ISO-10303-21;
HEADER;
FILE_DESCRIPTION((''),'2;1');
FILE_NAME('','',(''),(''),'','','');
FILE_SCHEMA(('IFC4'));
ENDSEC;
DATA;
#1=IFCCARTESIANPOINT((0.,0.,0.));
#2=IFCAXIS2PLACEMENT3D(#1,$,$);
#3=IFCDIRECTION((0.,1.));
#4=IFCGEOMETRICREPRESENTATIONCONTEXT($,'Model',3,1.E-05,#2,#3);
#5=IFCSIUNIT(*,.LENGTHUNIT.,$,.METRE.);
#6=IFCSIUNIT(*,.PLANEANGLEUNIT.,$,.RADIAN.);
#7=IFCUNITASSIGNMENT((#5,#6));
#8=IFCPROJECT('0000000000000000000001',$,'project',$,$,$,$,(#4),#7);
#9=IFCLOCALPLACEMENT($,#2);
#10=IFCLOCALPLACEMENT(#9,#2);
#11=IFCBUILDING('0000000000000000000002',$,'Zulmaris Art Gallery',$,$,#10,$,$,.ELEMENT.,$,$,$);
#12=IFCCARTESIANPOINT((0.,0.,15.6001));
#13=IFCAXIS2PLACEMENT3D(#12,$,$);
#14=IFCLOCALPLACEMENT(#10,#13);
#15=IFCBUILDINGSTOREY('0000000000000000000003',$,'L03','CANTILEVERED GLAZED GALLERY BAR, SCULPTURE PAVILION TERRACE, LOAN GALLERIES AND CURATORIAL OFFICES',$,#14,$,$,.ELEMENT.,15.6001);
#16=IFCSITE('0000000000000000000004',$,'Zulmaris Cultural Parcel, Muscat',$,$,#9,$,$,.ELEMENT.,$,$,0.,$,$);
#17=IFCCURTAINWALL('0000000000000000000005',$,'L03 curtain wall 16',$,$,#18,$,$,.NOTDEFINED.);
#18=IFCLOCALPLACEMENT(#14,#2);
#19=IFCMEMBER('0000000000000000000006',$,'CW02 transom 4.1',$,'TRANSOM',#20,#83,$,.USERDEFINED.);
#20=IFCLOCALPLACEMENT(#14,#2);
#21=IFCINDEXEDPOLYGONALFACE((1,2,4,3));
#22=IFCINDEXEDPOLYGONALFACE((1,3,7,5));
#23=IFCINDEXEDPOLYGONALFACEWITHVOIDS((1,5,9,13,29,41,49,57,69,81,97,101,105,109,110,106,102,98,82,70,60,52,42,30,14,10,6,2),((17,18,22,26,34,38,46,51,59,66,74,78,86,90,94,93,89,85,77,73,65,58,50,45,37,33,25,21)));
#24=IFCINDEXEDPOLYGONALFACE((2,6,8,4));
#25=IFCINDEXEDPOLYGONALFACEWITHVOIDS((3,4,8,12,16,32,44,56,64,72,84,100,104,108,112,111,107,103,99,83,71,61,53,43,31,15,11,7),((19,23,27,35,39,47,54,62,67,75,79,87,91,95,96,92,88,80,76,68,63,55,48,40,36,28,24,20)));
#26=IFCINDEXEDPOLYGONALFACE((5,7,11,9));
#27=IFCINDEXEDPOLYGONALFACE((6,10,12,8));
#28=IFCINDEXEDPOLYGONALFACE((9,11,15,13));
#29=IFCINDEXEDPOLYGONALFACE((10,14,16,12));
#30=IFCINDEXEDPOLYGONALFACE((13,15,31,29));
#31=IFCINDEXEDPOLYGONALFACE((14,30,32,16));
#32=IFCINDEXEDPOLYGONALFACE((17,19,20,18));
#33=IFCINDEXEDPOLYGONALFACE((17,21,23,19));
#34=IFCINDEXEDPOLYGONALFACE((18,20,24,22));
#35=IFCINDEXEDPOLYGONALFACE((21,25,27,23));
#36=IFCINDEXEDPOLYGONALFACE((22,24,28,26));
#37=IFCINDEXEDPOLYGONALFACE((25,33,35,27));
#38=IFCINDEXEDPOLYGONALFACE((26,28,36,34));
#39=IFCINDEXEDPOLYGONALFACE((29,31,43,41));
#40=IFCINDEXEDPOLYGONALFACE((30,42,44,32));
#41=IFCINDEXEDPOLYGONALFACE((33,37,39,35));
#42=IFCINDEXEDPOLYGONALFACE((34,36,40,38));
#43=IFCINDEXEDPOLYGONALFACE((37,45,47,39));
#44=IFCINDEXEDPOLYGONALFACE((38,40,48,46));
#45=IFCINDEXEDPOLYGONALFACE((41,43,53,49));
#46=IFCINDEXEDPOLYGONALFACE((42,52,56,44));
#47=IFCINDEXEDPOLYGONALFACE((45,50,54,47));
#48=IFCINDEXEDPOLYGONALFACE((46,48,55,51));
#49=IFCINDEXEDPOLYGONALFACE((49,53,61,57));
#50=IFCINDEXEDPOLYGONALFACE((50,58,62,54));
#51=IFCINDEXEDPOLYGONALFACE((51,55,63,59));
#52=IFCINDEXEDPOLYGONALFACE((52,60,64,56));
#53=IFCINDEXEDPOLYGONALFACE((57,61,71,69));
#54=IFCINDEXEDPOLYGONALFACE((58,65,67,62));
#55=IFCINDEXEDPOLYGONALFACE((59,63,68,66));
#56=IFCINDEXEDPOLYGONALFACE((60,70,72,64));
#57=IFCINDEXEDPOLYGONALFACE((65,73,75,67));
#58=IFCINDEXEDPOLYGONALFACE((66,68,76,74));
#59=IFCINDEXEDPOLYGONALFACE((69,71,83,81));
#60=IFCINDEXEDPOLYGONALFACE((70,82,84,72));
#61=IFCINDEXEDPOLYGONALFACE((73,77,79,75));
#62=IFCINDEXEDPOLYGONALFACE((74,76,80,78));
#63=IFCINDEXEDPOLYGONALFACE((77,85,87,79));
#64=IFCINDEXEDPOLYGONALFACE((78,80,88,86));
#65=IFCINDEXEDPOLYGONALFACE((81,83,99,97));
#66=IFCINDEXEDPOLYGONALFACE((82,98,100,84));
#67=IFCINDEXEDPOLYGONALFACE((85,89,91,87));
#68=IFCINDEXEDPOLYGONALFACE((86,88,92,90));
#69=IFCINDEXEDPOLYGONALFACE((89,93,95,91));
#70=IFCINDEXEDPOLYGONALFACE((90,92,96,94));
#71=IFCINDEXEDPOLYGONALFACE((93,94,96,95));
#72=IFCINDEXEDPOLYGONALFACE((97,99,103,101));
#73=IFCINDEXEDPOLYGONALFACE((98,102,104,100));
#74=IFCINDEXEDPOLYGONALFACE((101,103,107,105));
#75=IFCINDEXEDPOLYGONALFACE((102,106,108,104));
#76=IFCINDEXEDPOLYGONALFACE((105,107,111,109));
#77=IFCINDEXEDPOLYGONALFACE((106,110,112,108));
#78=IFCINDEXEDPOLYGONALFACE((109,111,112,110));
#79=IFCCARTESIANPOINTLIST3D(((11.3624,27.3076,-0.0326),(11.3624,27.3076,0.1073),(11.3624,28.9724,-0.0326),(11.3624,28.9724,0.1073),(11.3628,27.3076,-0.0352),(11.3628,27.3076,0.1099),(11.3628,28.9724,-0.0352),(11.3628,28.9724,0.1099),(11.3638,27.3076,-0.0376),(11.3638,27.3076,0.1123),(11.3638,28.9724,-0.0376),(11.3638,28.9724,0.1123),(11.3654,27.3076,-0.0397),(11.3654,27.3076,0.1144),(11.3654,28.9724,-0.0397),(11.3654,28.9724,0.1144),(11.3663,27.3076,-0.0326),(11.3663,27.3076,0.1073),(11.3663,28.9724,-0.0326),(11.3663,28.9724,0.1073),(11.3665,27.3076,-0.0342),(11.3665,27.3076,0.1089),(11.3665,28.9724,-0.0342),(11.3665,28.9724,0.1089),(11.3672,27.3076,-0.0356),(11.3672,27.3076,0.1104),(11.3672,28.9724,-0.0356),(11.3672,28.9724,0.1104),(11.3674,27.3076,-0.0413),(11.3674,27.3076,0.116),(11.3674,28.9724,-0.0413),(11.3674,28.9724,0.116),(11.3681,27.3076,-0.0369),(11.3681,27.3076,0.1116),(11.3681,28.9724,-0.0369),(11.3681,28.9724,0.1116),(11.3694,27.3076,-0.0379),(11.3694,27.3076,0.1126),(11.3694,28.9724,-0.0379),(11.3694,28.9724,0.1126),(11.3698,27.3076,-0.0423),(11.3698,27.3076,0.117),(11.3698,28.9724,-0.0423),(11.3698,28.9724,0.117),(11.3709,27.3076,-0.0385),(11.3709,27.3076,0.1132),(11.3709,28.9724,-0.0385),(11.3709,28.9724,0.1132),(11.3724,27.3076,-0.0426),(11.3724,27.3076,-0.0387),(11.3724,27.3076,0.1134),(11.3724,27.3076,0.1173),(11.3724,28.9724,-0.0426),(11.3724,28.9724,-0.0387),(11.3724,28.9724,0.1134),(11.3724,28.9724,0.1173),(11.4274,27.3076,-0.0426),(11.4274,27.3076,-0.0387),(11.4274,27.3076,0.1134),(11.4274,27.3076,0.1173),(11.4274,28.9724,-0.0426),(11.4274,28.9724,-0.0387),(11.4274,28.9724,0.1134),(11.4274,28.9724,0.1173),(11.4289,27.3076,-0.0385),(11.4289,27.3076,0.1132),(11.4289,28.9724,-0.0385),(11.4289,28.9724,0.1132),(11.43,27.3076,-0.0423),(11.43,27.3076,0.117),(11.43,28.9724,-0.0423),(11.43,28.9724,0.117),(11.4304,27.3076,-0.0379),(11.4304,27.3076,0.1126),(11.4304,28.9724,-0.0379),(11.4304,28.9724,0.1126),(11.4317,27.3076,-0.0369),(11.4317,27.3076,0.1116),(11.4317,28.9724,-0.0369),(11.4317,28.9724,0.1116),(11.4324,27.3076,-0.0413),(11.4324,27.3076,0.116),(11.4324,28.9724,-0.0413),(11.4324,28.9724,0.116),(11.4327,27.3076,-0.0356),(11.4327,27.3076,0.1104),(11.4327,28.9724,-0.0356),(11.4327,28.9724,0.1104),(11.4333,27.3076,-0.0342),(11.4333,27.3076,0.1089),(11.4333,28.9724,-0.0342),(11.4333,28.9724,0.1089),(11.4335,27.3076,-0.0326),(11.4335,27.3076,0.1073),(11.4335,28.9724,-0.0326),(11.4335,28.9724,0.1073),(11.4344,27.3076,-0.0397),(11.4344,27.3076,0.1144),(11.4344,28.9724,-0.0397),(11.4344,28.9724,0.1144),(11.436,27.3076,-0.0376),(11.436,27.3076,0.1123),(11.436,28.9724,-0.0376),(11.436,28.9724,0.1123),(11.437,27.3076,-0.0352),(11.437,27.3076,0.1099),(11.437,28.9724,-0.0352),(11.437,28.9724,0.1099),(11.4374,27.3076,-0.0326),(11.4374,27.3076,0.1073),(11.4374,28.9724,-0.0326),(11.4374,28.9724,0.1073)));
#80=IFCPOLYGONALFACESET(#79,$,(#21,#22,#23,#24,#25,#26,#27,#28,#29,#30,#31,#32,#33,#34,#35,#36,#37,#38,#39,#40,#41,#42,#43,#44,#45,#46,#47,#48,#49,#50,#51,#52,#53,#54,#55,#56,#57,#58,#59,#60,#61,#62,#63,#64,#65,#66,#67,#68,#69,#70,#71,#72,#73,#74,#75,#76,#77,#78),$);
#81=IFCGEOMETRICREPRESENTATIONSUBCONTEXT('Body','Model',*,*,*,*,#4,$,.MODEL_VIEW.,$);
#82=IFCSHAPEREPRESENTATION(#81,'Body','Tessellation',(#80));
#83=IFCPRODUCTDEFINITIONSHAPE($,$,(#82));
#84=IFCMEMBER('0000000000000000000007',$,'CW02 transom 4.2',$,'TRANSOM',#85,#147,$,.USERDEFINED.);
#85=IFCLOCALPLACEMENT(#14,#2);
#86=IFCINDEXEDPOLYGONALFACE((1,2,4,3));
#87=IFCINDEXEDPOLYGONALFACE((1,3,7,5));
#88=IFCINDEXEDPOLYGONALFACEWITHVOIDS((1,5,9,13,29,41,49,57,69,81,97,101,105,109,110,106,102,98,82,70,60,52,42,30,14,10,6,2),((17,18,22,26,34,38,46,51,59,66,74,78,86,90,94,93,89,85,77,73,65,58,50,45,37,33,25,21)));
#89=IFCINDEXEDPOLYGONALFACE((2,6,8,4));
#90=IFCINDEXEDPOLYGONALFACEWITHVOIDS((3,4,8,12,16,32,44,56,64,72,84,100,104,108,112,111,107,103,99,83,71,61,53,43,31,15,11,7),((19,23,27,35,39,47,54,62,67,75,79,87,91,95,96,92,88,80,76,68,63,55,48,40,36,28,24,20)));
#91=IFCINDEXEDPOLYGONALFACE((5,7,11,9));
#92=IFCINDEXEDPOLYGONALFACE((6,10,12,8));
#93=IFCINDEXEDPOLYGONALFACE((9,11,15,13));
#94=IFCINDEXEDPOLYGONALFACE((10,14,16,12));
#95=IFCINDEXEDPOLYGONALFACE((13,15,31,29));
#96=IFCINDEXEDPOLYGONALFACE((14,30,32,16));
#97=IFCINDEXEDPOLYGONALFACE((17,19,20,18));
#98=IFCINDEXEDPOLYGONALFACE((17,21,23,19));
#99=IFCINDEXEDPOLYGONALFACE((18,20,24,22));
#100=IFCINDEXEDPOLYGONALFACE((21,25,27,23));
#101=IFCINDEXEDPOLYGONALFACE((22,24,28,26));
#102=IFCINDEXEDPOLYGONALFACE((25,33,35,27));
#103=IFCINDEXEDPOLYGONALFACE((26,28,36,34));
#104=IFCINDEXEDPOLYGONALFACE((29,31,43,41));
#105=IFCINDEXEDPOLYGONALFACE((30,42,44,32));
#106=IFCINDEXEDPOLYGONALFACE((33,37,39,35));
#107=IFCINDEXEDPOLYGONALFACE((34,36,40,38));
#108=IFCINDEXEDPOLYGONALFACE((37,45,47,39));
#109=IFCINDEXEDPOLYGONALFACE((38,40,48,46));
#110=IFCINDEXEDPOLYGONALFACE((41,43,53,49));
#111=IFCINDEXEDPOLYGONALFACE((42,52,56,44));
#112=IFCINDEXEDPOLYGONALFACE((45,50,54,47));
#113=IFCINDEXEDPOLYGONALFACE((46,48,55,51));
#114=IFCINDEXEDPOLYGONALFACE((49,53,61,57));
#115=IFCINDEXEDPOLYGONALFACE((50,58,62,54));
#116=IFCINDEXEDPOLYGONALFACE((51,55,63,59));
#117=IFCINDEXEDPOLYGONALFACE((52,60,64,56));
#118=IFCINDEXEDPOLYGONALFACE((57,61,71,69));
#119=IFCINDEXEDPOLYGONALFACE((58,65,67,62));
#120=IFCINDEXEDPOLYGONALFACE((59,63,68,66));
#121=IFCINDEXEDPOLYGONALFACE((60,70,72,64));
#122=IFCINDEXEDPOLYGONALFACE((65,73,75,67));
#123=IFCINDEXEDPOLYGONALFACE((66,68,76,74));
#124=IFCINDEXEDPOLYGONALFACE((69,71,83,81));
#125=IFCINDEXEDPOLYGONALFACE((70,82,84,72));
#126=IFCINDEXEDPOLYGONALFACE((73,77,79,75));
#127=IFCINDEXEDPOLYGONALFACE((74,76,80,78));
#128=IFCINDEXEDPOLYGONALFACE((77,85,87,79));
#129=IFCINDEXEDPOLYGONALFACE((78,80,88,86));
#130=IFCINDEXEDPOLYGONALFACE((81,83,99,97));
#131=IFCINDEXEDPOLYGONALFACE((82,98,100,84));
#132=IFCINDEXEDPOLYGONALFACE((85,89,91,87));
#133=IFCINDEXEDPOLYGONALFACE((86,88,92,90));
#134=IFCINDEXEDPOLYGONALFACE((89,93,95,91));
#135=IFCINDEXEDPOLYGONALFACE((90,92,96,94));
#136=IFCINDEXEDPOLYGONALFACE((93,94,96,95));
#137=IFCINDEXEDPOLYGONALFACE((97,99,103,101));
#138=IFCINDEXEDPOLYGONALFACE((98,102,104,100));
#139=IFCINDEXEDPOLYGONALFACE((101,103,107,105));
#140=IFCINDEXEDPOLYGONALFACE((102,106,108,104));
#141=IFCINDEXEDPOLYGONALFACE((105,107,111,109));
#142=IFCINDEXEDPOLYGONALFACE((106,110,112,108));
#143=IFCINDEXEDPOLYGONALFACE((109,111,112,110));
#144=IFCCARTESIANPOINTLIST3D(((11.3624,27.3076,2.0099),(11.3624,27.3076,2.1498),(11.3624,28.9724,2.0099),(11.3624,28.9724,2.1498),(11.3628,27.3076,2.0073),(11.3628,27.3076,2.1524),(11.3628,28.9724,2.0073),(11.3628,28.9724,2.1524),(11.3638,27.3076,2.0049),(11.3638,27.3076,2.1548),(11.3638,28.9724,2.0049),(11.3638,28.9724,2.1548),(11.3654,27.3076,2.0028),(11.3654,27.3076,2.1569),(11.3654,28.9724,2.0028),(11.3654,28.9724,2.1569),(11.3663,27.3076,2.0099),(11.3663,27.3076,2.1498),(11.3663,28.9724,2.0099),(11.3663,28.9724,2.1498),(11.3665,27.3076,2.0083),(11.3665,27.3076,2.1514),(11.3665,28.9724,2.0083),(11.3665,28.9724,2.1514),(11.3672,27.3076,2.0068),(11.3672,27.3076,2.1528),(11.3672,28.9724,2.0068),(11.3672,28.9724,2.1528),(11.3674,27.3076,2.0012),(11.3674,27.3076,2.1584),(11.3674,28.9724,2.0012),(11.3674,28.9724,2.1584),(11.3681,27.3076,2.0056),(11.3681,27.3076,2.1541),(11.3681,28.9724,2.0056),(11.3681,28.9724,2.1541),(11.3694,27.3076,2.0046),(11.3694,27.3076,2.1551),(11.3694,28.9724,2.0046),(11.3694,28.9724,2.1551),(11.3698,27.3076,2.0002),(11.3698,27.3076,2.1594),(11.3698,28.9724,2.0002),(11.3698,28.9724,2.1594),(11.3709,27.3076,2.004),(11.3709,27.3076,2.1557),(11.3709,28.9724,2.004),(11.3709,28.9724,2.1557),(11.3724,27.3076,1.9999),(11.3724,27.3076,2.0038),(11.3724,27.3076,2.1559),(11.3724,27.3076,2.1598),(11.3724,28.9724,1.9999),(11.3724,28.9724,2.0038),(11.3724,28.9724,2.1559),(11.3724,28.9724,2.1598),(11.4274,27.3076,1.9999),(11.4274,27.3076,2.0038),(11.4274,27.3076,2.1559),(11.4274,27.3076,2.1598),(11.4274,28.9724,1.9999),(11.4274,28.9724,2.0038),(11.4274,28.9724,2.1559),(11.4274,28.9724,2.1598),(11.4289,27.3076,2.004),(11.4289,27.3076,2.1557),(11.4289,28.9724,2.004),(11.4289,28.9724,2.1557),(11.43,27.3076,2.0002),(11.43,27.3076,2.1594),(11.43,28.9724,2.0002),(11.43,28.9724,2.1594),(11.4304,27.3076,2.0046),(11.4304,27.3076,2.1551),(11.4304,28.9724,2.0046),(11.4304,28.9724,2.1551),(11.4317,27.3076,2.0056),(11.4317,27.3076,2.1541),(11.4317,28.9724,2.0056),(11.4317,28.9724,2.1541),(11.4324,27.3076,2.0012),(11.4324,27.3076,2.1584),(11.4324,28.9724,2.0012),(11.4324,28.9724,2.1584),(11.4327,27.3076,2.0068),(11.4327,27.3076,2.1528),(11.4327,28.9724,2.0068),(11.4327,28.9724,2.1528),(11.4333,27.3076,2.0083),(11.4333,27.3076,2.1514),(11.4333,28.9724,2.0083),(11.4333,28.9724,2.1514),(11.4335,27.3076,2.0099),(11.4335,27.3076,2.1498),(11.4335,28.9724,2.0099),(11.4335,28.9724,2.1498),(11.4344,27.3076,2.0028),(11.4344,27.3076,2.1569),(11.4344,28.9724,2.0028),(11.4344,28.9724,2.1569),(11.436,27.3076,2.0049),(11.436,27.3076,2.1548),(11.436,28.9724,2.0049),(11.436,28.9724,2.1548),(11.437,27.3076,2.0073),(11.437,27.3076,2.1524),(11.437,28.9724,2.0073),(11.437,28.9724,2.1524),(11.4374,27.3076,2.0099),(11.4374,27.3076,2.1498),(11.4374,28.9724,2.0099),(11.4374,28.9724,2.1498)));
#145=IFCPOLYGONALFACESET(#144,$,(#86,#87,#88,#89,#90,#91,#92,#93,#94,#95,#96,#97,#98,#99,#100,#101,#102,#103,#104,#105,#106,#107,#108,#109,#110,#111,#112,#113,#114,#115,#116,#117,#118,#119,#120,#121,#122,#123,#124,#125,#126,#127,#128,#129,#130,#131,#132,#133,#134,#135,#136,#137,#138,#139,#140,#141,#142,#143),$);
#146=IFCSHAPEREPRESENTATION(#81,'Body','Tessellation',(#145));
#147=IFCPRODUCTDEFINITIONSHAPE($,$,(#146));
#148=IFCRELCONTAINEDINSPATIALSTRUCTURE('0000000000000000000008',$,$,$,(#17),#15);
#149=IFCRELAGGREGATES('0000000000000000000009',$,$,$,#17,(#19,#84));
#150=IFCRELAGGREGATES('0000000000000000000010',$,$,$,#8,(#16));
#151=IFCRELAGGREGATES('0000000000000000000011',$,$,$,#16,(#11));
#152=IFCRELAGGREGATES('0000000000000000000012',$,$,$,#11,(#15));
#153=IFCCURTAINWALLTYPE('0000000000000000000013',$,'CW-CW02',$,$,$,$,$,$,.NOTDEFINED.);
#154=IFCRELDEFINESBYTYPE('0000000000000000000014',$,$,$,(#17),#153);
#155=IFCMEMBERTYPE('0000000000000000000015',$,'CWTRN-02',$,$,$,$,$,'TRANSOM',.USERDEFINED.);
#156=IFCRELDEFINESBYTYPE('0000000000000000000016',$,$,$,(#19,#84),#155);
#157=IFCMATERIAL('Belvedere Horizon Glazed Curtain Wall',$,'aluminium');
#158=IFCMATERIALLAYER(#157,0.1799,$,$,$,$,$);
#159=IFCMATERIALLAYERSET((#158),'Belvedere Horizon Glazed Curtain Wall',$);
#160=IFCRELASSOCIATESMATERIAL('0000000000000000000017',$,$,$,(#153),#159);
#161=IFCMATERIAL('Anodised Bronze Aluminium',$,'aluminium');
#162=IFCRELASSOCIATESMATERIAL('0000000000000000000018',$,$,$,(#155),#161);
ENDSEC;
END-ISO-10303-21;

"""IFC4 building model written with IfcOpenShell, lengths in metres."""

from ifc_helpers import new_model, si_unit, direction, frame, origin, origin_2d, place, context, subcontext, project, spatial, hollow_rectangle, extrude, material, layer, layer_set, material_profile, profile_set, type_object, element, aggregate, save


model = new_model("IFC4")

# Units and contexts
model_context = context("Model", 3, precision=1e-05, world=origin(), true_north=direction((0.0, 1.0)))
body_context = subcontext(model_context, "Body", "Model", "MODEL_VIEW")
ifc_project = project(units=[si_unit("LENGTHUNIT", "METRE"), si_unit("PLANEANGLEUNIT", "RADIAN")], contexts=[model_context])

# Site, building, storey
site_placement = place(None, origin())
site = spatial("IfcSite", under=ifc_project, at=site_placement, Name="Zulmaris Cultural Parcel, Muscat", CompositionType="ELEMENT", RefElevation=0.0)
building_placement = place(site_placement, origin())
building = spatial("IfcBuilding", under=site, at=building_placement, Name="Zulmaris Art Gallery", CompositionType="ELEMENT")
storey_placement = place(building_placement, frame((0.0, 0.0, 15.6001)))
storey = spatial("IfcBuildingStorey", under=building, at=storey_placement, Name="L03", Description="CANTILEVERED GLAZED GALLERY BAR, SCULPTURE PAVILION TERRACE, LOAN GALLERIES AND CURATORIAL OFFICES", CompositionType="ELEMENT", Elevation=15.6001)

# Curtain wall
ifc_material_1 = material(Name="Belvedere Horizon Glazed Curtain Wall", Category="aluminium")
ifc_layer_1 = layer(ifc_material_1, 0.1799)
ifc_layer_set_1 = layer_set([ifc_layer_1], Name="Belvedere Horizon Glazed Curtain Wall")
curtain_wall_type_1 = type_object("IfcCurtainWallType", Name="CW-CW02", PredefinedType="NOTDEFINED", material=ifc_layer_set_1)
curtain_wall_1_placement = place(storey_placement, origin())
curtain_wall_1 = element("IfcCurtainWall", 1, at=curtain_wall_1_placement, inside=storey, type_object=curtain_wall_type_1, Name="L03 curtain wall 16", PredefinedType="NOTDEFINED")
ifc_material_2 = material(Name="Anodised Bronze Aluminium", Category="aluminium")

# Members
ifc_material_profile_1 = material_profile(ifc_material_2, hollow_rectangle(XDim=0.075, YDim=0.1599, WallThickness=0.0039, InnerFilletRadius=0.0061, OuterFilletRadius=0.01, at=origin_2d()), Name="ALU 75x160x4")
ifc_profile_set_1 = profile_set([ifc_material_profile_1], Name="Anodised Bronze Aluminium")
member_type_1 = type_object("IfcMemberType", Name="CWTRN-02", ElementType="TRANSOM", PredefinedType="USERDEFINED", material=ifc_profile_set_1)
member_1_placement = place(storey_placement, frame((11.3999, 27.3076, 0.0374), z_axis=(0.0, 1.0, 0.0), x_axis=(-1.0, 0.0, 0.0)))
member_1 = element("IfcMember", 2, at=member_1_placement, type_object=member_type_1, Name="CW02 transom 4.1", ObjectType="TRANSOM", PredefinedType="USERDEFINED", context=body_context, shape_type="SweptSolid", body=[
    extrude(hollow_rectangle(XDim=0.075, YDim=0.1599, WallThickness=0.0039, InnerFilletRadius=0.0061, OuterFilletRadius=0.01, at=origin_2d()), origin(), (0.0, 0.0, 1.0), 1.6648),
])
member_2_placement = place(storey_placement, frame((11.3999, 27.3076, 2.0798), z_axis=(0.0, 1.0, 0.0), x_axis=(-1.0, 0.0, 0.0)))
member_2 = element("IfcMember", 3, at=member_2_placement, type_object=member_type_1, Name="CW02 transom 4.2", ObjectType="TRANSOM", PredefinedType="USERDEFINED", context=body_context, shape_type="SweptSolid", body=[
    extrude(hollow_rectangle(XDim=0.075, YDim=0.1599, WallThickness=0.0039, InnerFilletRadius=0.0061, OuterFilletRadius=0.01, at=origin_2d()), origin(), (0.0, 0.0, 1.0), 1.6648),
])

aggregate(curtain_wall_1, [member_1, member_2])

save(model, "model.ifc")
